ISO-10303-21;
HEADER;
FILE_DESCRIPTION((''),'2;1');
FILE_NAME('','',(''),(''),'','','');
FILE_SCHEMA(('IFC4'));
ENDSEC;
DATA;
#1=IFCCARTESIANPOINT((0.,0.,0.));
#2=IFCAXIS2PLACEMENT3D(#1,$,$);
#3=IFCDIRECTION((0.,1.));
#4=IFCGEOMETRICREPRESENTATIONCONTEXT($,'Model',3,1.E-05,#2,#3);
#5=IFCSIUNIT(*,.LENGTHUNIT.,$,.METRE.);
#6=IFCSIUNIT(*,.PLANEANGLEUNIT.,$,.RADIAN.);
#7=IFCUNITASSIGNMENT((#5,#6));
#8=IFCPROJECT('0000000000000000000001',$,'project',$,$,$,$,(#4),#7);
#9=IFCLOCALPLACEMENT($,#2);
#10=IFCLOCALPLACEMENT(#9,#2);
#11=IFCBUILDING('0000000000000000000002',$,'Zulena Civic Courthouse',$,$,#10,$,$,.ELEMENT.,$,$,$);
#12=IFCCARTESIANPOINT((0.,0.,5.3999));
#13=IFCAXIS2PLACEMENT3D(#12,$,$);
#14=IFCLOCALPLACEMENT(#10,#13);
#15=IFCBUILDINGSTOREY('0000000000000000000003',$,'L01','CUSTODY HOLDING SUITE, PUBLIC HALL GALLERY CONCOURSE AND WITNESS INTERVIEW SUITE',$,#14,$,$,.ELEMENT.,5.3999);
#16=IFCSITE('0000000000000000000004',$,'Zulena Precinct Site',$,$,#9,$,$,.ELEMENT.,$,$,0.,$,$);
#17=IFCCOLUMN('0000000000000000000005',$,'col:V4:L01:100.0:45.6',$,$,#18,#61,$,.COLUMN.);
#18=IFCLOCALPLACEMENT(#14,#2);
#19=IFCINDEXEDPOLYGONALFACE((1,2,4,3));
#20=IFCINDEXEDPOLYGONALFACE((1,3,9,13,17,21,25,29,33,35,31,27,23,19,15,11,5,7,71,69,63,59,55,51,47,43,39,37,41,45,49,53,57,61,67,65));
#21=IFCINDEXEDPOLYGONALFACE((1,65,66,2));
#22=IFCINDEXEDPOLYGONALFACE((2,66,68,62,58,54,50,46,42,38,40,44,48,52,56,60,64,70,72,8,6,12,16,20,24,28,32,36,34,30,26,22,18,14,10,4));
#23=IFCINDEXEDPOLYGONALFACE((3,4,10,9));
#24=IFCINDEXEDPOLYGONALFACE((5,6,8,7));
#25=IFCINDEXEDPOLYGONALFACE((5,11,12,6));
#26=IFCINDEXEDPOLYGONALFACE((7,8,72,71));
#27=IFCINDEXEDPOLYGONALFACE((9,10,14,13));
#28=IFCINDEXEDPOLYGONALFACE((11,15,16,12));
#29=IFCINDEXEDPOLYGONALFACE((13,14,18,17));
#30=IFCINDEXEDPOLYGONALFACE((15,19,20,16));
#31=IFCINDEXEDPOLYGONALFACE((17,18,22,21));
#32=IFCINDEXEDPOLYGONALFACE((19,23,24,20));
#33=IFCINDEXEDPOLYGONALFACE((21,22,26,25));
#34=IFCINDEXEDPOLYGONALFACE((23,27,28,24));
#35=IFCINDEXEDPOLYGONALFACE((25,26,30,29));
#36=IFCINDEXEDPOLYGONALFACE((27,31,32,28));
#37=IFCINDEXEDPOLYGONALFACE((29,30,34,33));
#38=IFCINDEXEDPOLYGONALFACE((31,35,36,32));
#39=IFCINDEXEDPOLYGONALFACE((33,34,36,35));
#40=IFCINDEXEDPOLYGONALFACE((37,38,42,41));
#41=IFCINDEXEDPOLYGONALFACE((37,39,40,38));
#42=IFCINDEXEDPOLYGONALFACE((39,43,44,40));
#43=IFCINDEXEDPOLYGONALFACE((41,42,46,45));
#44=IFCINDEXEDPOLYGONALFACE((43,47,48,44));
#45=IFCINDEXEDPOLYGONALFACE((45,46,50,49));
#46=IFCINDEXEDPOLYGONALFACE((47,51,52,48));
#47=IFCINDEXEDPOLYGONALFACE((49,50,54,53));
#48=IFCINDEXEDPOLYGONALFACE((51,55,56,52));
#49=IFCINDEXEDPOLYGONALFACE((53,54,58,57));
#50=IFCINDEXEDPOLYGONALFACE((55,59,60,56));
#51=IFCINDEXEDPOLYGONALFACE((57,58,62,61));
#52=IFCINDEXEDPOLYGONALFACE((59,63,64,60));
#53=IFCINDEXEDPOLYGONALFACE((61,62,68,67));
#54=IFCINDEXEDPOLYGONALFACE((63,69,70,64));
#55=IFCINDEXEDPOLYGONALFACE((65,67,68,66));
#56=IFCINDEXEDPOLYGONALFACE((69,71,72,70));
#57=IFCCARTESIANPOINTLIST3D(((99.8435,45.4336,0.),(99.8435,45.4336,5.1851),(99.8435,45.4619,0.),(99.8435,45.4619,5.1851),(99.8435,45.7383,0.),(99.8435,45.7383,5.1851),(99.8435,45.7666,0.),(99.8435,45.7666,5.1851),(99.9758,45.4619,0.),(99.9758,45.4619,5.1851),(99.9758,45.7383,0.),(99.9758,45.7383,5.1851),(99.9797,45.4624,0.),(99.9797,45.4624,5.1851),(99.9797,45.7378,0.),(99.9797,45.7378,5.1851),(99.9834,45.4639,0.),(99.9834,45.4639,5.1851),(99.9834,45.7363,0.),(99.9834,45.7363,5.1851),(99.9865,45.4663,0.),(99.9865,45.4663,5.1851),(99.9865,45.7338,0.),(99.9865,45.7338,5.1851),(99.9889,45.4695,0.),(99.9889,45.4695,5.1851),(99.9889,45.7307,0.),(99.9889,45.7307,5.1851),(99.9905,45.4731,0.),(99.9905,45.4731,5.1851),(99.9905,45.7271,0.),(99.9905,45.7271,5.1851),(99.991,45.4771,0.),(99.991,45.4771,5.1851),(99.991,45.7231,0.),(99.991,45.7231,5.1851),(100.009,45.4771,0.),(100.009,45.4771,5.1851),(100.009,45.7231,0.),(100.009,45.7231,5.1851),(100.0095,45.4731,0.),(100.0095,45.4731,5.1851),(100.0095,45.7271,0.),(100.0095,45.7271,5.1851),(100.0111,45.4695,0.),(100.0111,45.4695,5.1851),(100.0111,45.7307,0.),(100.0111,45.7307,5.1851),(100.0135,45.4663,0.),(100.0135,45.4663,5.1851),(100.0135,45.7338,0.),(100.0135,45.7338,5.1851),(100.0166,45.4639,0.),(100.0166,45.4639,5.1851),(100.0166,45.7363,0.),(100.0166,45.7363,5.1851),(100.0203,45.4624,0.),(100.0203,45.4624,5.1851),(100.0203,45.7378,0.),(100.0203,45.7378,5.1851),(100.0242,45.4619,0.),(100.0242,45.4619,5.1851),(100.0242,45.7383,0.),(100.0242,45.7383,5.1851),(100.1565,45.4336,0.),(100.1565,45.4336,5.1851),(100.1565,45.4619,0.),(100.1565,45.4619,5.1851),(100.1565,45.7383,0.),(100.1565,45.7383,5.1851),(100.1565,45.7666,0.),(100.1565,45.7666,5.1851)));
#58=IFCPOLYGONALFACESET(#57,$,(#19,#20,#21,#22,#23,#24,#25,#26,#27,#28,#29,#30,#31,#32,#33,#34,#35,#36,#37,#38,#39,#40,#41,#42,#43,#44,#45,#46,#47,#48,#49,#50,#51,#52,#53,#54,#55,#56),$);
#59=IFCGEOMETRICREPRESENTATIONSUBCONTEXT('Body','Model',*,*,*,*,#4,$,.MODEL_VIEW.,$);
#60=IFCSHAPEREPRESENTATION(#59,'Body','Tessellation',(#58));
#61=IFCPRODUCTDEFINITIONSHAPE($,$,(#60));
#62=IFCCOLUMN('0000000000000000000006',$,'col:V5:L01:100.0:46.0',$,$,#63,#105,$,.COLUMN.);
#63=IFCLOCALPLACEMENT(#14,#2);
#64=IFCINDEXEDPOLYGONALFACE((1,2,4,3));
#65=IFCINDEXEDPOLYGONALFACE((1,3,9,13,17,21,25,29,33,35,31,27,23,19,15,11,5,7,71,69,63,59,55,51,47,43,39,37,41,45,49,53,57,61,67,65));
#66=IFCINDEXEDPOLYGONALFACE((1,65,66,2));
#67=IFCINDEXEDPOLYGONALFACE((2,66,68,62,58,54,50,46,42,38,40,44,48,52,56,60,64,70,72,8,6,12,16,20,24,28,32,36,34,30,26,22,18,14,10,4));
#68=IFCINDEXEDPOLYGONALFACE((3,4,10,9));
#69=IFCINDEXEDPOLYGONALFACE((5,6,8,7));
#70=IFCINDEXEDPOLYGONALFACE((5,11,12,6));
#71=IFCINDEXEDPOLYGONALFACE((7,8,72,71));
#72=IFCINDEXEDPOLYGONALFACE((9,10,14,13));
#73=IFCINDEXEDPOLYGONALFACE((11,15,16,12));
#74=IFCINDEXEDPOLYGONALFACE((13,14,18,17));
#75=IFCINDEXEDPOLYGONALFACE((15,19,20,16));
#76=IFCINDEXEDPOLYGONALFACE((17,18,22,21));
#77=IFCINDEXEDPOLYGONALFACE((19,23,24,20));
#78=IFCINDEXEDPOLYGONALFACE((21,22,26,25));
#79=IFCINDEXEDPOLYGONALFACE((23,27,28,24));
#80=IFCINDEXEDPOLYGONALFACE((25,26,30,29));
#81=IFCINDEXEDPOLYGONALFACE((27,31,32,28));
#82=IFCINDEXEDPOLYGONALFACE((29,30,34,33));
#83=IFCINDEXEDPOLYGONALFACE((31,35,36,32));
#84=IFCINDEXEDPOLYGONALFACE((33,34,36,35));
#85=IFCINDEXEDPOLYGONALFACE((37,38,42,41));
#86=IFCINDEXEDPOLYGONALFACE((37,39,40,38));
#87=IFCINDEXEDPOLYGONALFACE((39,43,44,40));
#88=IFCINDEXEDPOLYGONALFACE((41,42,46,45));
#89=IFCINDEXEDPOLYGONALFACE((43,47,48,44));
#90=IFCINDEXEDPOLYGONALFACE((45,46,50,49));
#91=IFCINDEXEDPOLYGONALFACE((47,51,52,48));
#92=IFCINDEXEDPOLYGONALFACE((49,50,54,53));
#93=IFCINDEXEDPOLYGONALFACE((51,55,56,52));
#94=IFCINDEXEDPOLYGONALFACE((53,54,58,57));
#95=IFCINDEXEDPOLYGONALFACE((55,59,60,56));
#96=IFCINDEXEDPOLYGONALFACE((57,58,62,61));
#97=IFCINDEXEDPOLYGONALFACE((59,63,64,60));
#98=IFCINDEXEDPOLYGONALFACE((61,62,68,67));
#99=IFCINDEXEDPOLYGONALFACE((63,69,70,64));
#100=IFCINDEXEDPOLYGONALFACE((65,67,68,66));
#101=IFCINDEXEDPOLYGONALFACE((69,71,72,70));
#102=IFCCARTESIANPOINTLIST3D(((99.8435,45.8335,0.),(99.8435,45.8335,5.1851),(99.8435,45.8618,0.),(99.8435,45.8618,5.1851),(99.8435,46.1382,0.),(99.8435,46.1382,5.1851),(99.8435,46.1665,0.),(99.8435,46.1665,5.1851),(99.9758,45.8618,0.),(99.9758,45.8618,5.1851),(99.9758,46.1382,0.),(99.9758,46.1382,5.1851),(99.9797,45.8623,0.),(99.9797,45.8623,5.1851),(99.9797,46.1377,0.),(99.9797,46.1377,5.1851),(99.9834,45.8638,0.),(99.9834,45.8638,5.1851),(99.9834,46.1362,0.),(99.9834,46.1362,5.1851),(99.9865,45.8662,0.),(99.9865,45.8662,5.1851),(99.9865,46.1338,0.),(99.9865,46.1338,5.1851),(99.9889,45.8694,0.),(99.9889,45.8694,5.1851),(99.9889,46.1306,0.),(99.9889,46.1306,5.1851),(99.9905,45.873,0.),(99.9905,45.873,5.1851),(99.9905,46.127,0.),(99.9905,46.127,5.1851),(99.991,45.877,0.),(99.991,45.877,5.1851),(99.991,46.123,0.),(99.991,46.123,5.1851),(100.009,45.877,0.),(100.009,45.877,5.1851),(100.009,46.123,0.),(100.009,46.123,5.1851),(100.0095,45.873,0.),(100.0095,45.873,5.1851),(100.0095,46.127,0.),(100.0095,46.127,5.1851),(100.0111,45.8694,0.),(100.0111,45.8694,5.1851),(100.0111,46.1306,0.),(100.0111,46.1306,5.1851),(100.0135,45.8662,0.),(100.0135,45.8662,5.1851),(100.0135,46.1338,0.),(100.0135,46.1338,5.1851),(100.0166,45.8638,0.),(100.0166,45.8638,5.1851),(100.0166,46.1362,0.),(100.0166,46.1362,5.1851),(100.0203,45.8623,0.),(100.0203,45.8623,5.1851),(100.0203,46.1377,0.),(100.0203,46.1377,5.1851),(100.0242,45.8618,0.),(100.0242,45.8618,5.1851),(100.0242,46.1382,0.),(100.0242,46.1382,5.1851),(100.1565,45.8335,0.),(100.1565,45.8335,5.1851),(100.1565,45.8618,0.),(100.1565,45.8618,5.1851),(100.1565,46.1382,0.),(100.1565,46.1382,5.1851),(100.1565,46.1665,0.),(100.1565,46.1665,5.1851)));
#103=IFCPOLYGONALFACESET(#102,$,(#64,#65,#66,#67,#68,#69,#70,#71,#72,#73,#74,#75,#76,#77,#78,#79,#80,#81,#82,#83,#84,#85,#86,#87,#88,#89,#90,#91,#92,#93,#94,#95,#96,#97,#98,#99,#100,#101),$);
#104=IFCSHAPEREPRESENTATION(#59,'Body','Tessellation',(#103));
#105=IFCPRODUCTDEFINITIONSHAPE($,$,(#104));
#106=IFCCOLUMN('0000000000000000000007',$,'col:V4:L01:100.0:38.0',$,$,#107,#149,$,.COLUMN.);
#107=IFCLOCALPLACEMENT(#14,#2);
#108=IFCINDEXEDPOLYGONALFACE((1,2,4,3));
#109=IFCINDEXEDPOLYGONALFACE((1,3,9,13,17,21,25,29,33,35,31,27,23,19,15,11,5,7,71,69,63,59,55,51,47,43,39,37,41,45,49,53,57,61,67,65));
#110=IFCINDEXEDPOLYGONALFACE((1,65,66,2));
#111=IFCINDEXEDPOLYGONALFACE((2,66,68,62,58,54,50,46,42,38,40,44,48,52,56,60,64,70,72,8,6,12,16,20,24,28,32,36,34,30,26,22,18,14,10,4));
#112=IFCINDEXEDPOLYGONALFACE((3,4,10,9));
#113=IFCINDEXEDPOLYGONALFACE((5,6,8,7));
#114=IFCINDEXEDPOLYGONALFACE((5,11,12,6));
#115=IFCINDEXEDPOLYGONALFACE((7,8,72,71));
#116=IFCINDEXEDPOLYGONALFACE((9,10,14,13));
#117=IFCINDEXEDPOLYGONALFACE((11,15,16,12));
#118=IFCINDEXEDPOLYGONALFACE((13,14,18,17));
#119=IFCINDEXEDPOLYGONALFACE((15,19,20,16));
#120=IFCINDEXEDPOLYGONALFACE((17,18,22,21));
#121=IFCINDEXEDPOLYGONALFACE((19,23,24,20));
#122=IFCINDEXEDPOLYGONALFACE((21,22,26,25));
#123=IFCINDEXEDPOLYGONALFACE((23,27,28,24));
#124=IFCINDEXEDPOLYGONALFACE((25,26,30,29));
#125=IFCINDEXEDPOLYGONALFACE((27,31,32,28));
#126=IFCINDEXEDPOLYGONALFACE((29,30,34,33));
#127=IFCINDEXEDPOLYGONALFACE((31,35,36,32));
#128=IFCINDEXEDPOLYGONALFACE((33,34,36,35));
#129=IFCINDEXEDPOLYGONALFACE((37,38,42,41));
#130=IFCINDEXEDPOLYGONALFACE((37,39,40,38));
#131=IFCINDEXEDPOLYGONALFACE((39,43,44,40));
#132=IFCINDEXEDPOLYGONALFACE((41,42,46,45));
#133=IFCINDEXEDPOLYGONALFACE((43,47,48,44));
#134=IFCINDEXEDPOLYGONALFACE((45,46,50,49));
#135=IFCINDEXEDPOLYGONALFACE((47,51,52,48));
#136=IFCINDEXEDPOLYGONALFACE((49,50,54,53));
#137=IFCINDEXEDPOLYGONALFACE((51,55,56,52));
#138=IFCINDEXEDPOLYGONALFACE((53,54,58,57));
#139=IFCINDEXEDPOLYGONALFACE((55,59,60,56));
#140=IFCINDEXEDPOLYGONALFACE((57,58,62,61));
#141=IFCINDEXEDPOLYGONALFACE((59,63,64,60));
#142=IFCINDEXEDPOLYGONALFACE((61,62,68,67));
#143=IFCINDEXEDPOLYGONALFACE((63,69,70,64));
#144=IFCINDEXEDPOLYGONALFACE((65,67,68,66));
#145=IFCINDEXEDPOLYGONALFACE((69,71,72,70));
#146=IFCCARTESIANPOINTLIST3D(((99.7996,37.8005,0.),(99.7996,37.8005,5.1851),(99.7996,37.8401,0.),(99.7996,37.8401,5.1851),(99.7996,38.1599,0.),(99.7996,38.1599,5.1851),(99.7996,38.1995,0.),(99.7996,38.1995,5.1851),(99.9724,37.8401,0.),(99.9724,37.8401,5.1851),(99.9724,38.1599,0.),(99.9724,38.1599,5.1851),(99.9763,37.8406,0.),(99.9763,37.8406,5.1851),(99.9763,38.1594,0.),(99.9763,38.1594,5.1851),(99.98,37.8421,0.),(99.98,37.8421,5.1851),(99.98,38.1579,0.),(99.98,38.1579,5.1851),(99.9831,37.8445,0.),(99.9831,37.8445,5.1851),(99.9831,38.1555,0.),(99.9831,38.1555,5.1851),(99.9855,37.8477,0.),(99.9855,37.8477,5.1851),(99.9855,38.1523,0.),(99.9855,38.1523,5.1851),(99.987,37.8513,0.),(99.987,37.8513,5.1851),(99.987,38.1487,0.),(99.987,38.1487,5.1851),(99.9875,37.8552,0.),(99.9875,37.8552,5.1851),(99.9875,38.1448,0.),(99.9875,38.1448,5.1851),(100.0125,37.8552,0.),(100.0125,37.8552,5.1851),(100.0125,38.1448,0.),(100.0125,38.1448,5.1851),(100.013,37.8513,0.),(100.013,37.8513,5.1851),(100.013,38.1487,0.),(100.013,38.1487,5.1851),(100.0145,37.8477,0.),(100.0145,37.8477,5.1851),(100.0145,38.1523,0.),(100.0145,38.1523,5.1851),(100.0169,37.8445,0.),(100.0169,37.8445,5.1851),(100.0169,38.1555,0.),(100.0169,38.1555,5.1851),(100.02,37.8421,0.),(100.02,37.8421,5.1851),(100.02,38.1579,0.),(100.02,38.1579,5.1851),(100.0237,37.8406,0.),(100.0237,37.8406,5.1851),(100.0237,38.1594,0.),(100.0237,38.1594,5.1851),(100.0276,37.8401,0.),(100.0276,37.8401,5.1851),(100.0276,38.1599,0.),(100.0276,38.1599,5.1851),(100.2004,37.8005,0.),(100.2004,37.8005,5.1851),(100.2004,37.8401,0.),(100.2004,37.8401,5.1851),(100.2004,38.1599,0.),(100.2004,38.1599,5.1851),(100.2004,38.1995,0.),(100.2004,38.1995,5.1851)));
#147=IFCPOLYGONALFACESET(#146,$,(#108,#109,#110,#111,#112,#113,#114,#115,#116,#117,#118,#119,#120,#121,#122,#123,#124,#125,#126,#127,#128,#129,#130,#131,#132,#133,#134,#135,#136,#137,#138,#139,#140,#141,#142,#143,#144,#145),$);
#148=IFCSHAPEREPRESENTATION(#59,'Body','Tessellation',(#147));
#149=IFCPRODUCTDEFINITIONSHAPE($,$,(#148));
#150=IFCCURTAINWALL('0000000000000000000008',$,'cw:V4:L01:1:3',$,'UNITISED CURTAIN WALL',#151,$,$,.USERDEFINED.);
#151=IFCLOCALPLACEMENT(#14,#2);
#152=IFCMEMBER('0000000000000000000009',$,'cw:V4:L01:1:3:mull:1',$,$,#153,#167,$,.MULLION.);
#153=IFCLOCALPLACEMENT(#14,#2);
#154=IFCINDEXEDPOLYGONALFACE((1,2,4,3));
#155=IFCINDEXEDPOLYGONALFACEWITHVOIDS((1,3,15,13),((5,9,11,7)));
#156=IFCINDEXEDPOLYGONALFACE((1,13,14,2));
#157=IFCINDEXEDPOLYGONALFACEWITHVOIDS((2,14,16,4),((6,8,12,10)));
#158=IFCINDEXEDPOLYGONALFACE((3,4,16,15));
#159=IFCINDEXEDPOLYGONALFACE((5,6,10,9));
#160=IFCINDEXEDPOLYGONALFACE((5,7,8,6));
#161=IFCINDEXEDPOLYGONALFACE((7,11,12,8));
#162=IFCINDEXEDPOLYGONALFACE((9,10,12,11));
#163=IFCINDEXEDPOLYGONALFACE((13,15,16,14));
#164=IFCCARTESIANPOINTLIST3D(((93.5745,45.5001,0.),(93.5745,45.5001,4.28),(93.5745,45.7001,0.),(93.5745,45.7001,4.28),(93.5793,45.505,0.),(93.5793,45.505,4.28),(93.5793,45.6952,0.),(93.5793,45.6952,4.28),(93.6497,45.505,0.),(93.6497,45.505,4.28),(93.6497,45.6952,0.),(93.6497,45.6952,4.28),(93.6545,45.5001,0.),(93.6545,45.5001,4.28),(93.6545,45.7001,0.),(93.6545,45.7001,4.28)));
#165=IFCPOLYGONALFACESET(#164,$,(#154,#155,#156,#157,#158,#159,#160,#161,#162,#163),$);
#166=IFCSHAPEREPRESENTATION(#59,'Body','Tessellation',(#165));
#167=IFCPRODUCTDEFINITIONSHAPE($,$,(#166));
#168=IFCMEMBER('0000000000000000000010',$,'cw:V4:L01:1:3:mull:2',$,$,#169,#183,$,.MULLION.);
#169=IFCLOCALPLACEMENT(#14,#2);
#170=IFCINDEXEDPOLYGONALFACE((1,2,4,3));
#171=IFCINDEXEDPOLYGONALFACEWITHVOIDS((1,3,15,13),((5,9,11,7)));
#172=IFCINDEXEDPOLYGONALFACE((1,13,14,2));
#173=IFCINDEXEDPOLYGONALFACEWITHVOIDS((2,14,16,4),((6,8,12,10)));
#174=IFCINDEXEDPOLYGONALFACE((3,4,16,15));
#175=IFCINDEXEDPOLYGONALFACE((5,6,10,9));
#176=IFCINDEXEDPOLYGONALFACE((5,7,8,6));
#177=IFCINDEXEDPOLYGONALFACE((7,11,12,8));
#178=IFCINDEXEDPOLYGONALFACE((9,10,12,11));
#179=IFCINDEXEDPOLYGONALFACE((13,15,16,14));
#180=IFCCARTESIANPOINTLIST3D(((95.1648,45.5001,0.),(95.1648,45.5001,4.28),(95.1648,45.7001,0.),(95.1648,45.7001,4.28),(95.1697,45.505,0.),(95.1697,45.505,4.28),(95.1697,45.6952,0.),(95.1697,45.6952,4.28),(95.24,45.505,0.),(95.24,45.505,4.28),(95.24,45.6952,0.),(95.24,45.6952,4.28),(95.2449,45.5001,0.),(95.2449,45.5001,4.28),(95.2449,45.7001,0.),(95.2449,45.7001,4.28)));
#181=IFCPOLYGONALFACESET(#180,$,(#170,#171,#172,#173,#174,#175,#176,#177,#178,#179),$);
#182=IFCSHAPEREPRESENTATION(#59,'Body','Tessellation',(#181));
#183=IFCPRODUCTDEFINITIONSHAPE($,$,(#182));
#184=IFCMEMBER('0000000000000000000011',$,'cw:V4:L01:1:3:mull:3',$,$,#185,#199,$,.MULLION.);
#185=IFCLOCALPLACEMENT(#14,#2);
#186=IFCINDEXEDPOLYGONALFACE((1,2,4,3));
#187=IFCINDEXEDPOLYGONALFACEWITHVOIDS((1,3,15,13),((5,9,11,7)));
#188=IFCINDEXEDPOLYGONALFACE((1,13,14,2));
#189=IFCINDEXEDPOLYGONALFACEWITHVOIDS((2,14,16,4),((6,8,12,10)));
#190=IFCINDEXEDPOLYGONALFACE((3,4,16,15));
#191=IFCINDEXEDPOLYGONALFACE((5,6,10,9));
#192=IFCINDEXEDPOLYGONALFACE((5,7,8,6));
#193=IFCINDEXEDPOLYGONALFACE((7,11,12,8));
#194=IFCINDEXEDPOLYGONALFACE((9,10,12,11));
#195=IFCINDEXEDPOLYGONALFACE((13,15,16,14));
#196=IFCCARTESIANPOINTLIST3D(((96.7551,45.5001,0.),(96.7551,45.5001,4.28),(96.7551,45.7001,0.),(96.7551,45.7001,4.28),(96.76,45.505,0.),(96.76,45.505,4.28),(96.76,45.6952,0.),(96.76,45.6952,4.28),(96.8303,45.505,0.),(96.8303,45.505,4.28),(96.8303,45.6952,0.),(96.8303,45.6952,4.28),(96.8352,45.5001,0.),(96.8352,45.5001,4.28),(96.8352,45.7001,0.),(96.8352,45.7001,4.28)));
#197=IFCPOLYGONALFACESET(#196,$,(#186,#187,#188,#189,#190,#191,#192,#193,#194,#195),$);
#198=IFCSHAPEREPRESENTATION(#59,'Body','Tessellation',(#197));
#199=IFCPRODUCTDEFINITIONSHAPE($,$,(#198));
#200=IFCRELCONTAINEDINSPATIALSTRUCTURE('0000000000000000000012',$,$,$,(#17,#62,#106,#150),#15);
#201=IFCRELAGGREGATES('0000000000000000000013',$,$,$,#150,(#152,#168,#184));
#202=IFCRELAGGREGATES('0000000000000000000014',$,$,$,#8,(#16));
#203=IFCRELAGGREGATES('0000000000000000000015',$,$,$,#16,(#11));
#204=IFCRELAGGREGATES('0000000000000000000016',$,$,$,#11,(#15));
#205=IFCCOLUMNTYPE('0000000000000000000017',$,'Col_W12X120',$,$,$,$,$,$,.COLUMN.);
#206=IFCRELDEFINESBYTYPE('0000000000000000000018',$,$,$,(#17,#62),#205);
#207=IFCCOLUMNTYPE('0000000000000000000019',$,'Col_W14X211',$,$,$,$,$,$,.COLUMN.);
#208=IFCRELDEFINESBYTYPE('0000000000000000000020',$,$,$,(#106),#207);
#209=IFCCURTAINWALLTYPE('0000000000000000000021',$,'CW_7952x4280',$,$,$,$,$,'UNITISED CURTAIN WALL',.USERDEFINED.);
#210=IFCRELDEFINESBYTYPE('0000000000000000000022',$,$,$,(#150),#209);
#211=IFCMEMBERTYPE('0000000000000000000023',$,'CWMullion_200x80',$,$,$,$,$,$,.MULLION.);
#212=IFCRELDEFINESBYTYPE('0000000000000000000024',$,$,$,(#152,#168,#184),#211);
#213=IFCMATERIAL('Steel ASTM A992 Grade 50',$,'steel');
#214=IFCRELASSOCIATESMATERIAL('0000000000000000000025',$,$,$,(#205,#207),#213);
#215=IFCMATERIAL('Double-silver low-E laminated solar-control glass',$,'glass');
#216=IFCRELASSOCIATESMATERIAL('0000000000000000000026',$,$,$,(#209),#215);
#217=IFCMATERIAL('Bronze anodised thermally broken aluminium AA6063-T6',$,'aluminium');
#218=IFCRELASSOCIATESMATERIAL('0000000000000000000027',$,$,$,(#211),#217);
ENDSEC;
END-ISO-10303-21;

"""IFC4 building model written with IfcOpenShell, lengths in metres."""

from ifc_helpers import new_model, si_unit, direction, frame, origin, origin_2d, place, context, subcontext, project, spatial, hollow_rectangle, i_section, extrude, material, material_profile, profile_set, type_object, element, aggregate, save


model = new_model("IFC4")

# Units and contexts
model_context = context("Model", 3, precision=1e-05, world=origin(), true_north=direction((0.0, 1.0)))
body_context = subcontext(model_context, "Body", "Model", "MODEL_VIEW")
ifc_project = project(units=[si_unit("LENGTHUNIT", "METRE"), si_unit("PLANEANGLEUNIT", "RADIAN")], contexts=[model_context])

# Site, building, storey
site_placement = place(None, origin())
site = spatial("IfcSite", under=ifc_project, at=site_placement, Name="Zulena Precinct Site", CompositionType="ELEMENT", RefElevation=0.0)
building_placement = place(site_placement, origin())
building = spatial("IfcBuilding", under=site, at=building_placement, Name="Zulena Civic Courthouse", CompositionType="ELEMENT")
storey_placement = place(building_placement, frame((0.0, 0.0, 5.3999)))
storey = spatial("IfcBuildingStorey", under=building, at=storey_placement, Name="L01", Description="CUSTODY HOLDING SUITE, PUBLIC HALL GALLERY CONCOURSE AND WITNESS INTERVIEW SUITE", CompositionType="ELEMENT", Elevation=5.3999)

# Columns
ifc_material_1 = material(Name="Steel ASTM A992 Grade 50", Category="steel")
ifc_material_profile_1 = material_profile(ifc_material_1, i_section(OverallWidth=0.313, OverallDepth=0.333, WebThickness=0.0181, FlangeThickness=0.0283, FilletRadius=0.0151, at=origin_2d()), Name="W12X120")
ifc_profile_set_1 = profile_set([ifc_material_profile_1], Name="Steel ASTM A992 Grade 50")
column_type_1 = type_object("IfcColumnType", Name="Col_W12X120", PredefinedType="COLUMN", material=ifc_profile_set_1)
for number, where, z_axis, x_axis, name in (
    (1, (100.0, 45.6001, 0.0), (0.0, 0.0, 1.0), (1.0, 0.0, 0.0), "col:V4:L01:100.0:45.6"),
    (2, (100.0, 46.0, 0.0), (0.0, 0.0, 1.0), (1.0, 0.0, 0.0), "col:V5:L01:100.0:46.0"),
):
    element("IfcColumn", number, at=place(storey_placement, frame(where, z_axis=z_axis, x_axis=x_axis)), inside=storey, type_object=column_type_1, Name=name, PredefinedType="COLUMN", context=body_context, shape_type="SweptSolid", body=[
        extrude(i_section(OverallWidth=0.313, OverallDepth=0.333, WebThickness=0.0181, FlangeThickness=0.0283, FilletRadius=0.0151, at=origin_2d()), origin(), (0.0, 0.0, 1.0), 5.1851),
    ])
ifc_material_profile_2 = material_profile(ifc_material_1, i_section(OverallWidth=0.4009, OverallDepth=0.3989, WebThickness=0.0249, FlangeThickness=0.0396, FilletRadius=0.0151, at=origin_2d()), Name="W14X211")
ifc_profile_set_2 = profile_set([ifc_material_profile_2], Name="Steel ASTM A992 Grade 50")
column_type_2 = type_object("IfcColumnType", Name="Col_W14X211", PredefinedType="COLUMN", material=ifc_profile_set_2)
column_placement = place(storey_placement, frame((100.0, 38.0, 0.0), z_axis=(0.0, 0.0, 1.0), x_axis=(1.0, 0.0, 0.0)))
element("IfcColumn", 3, at=column_placement, inside=storey, type_object=column_type_2, Name="col:V4:L01:100.0:38.0", PredefinedType="COLUMN", context=body_context, shape_type="SweptSolid", body=[
    extrude(i_section(OverallWidth=0.4009, OverallDepth=0.3989, WebThickness=0.0249, FlangeThickness=0.0396, FilletRadius=0.0151, at=origin_2d()), origin(), (0.0, 0.0, 1.0), 5.1851),
])

# Curtain wall, members
ifc_material_2 = material(Name="Double-silver low-E laminated solar-control glass", Category="glass")
curtain_wall_type = type_object("IfcCurtainWallType", Name="CW_7952x4280", ElementType="UNITISED CURTAIN WALL", PredefinedType="USERDEFINED", material=ifc_material_2)
curtain_wall_1_placement = place(storey_placement, origin())
curtain_wall_1 = element("IfcCurtainWall", 4, at=curtain_wall_1_placement, inside=storey, type_object=curtain_wall_type, Name="cw:V4:L01:1:3", ObjectType="UNITISED CURTAIN WALL", PredefinedType="USERDEFINED")
ifc_material_3 = material(Name="Bronze anodised thermally broken aluminium AA6063-T6", Category="aluminium")
ifc_material_profile_3 = material_profile(ifc_material_3, hollow_rectangle(XDim=0.0801, YDim=0.2, WallThickness=0.0049, at=origin_2d()), Name="CWM200X80X5")
ifc_profile_set_3 = profile_set([ifc_material_profile_3], Name="Bronze anodised thermally broken aluminium AA6063-T6")
member_type_1 = type_object("IfcMemberType", Name="CWMullion_200x80", PredefinedType="MULLION", material=ifc_profile_set_3)
member_1_placement = place(storey_placement, frame((93.6145, 45.6001, 0.0), z_axis=(0.0, 0.0, 1.0), x_axis=(1.0, 0.0, 0.0)))
member_1 = element("IfcMember", 5, at=member_1_placement, type_object=member_type_1, Name="cw:V4:L01:1:3:mull:1", PredefinedType="MULLION", context=body_context, shape_type="SweptSolid", body=[
    extrude(hollow_rectangle(XDim=0.0801, YDim=0.2, WallThickness=0.0049, at=origin_2d()), origin(), (0.0, 0.0, 1.0), 4.28),
])
member_2_placement = place(storey_placement, frame((95.2048, 45.6001, 0.0), z_axis=(0.0, 0.0, 1.0), x_axis=(1.0, 0.0, 0.0)))
member_2 = element("IfcMember", 6, at=member_2_placement, type_object=member_type_1, Name="cw:V4:L01:1:3:mull:2", PredefinedType="MULLION", context=body_context, shape_type="SweptSolid", body=[
    extrude(hollow_rectangle(XDim=0.0801, YDim=0.2, WallThickness=0.0049, at=origin_2d()), origin(), (0.0, 0.0, 1.0), 4.28),
])
member_3_placement = place(storey_placement, frame((96.7952, 45.6001, 0.0), z_axis=(0.0, 0.0, 1.0), x_axis=(1.0, 0.0, 0.0)))
member_3 = element("IfcMember", 7, at=member_3_placement, type_object=member_type_1, Name="cw:V4:L01:1:3:mull:3", PredefinedType="MULLION", context=body_context, shape_type="SweptSolid", body=[
    extrude(hollow_rectangle(XDim=0.0801, YDim=0.2, WallThickness=0.0049, at=origin_2d()), origin(), (0.0, 0.0, 1.0), 4.28),
])

aggregate(curtain_wall_1, [member_1, member_2, member_3])

save(model, "model.ifc")
